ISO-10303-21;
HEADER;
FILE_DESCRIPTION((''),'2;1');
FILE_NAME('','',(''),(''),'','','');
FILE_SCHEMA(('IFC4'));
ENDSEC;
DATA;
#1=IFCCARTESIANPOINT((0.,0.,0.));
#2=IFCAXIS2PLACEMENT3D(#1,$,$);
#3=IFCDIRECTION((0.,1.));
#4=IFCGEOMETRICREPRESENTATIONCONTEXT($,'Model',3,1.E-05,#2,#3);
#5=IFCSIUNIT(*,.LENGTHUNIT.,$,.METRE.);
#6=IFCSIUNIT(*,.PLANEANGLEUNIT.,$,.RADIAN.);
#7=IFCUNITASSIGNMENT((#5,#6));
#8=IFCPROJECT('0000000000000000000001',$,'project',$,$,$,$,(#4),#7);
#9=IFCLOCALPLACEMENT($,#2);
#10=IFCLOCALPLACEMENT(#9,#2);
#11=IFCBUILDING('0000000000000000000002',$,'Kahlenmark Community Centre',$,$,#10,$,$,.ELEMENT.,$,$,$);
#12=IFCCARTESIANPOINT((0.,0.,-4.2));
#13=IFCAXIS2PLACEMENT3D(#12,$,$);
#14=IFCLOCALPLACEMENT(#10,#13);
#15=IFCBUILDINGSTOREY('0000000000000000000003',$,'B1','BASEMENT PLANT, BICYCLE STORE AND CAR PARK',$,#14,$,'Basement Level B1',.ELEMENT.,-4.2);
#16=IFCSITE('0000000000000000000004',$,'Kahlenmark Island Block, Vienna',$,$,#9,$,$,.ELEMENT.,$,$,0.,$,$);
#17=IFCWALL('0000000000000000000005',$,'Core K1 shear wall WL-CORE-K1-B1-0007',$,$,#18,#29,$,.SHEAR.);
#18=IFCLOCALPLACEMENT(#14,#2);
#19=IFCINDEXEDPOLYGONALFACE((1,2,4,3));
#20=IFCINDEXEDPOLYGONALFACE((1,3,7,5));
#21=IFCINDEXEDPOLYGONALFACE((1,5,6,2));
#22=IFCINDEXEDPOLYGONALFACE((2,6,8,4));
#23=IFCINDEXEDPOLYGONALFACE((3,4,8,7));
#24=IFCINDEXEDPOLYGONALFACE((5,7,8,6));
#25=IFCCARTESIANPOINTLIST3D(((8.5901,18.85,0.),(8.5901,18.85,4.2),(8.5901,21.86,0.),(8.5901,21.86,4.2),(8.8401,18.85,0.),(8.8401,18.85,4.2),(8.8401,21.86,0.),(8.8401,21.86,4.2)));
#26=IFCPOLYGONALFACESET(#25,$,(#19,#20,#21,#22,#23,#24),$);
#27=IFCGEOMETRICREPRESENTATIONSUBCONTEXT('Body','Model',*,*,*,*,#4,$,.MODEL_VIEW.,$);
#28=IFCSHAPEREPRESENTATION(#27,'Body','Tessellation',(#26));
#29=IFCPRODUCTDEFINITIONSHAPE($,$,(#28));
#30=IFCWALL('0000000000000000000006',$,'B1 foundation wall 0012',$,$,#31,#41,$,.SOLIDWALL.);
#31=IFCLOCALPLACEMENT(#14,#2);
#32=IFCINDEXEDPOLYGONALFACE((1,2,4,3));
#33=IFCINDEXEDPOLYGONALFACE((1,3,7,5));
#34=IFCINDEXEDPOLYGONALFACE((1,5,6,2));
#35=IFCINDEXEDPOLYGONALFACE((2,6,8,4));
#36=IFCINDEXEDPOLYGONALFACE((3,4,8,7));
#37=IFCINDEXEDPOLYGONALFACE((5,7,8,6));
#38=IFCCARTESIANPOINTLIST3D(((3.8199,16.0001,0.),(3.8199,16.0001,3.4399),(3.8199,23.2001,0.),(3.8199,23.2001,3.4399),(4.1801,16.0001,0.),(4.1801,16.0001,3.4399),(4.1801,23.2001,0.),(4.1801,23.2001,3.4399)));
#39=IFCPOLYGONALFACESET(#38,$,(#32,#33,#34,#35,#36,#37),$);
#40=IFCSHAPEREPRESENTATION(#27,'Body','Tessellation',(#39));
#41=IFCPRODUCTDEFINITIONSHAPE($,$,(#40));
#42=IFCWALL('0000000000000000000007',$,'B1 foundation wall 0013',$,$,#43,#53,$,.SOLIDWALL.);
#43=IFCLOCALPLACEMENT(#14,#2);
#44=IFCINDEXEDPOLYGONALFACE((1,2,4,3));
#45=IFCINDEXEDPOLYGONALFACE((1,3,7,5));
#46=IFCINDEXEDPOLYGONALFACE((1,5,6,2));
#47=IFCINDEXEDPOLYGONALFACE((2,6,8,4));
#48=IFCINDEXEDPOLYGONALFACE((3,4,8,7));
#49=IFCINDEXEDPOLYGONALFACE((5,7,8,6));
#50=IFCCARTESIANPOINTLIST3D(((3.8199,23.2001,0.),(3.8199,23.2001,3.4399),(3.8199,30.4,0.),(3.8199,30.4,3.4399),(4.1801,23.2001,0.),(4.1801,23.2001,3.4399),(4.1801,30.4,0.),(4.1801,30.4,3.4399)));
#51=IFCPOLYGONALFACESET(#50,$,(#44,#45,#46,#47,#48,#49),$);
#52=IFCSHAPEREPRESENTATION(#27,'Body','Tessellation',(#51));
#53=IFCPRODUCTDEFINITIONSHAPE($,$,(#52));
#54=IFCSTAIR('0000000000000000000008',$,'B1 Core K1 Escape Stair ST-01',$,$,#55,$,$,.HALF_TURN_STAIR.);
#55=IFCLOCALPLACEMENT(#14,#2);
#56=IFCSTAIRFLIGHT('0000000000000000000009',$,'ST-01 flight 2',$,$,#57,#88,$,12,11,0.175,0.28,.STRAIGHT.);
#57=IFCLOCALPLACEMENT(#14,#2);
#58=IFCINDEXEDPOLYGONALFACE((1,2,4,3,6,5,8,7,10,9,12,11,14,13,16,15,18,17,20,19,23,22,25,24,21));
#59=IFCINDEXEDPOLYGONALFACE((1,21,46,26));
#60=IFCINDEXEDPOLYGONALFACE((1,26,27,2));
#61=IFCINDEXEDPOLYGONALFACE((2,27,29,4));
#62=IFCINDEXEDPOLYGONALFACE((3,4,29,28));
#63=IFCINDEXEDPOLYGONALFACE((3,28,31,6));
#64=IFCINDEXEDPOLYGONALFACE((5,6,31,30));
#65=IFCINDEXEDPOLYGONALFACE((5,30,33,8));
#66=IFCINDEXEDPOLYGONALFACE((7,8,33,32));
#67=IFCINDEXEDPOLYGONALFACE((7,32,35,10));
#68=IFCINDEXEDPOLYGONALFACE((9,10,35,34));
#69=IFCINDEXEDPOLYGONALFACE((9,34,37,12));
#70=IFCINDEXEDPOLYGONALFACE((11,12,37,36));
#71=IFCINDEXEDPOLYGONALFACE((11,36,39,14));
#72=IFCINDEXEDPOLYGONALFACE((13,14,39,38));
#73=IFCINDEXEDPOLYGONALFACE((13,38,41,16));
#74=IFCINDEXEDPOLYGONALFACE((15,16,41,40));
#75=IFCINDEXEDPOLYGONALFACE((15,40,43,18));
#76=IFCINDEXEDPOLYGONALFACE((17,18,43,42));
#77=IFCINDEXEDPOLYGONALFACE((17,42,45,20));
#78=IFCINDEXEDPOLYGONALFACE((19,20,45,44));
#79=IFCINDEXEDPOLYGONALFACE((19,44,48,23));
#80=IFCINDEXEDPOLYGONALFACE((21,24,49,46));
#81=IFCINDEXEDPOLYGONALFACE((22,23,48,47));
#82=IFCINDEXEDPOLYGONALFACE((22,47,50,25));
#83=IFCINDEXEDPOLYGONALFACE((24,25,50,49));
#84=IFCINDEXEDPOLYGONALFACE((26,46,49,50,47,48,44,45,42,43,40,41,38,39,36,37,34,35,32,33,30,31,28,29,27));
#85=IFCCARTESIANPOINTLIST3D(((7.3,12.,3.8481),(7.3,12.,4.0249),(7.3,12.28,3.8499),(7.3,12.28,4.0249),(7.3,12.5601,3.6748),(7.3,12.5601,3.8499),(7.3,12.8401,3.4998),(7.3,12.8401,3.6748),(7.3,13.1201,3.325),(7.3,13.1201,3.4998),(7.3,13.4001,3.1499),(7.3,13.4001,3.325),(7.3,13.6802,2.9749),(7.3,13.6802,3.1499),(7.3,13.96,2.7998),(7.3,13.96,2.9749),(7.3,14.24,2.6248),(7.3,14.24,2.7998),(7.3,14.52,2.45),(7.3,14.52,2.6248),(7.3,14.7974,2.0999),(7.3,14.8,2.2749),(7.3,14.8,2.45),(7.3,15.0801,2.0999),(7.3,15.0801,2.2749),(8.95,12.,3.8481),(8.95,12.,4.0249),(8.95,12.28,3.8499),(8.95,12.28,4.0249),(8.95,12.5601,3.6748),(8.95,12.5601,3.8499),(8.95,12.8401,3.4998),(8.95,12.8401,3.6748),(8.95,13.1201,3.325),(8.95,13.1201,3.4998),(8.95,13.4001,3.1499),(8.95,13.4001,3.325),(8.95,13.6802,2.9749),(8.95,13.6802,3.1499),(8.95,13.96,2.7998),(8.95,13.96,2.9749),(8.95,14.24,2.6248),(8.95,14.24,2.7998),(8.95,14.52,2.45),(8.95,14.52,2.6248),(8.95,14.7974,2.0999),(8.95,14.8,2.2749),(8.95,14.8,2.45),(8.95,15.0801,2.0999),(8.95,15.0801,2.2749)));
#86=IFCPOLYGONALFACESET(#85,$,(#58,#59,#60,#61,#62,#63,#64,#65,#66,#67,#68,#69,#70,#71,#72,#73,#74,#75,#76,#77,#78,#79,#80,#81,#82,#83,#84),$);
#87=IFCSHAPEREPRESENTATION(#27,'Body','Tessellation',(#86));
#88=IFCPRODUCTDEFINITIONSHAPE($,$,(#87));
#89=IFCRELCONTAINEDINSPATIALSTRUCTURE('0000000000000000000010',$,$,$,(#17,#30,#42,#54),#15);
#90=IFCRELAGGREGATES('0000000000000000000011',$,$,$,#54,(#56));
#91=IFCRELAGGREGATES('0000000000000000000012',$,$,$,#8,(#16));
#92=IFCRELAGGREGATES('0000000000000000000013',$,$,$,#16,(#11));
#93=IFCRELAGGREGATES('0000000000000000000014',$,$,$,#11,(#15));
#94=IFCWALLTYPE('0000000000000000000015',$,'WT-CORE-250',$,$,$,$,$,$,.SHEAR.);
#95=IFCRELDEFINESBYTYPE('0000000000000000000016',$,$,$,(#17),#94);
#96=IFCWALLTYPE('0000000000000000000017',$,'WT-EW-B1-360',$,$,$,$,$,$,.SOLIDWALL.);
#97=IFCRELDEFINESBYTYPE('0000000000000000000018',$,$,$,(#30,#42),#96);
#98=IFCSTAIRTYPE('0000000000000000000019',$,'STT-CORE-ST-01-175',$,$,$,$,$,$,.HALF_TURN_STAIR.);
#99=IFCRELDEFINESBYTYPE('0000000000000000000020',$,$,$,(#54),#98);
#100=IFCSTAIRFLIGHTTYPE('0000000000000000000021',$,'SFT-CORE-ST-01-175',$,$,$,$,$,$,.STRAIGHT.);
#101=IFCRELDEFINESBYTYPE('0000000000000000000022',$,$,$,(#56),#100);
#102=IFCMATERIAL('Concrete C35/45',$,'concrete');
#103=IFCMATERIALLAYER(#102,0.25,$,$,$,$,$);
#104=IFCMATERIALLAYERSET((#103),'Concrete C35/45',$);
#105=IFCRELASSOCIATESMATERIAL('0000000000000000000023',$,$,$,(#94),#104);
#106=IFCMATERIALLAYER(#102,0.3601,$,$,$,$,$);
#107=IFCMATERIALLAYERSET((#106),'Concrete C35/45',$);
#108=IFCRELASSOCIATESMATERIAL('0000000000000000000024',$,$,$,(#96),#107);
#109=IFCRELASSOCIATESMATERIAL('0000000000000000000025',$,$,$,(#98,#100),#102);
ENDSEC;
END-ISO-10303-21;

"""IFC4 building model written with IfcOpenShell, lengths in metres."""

from ifc_helpers import new_model, si_unit, direction, frame, frame_2d, origin, place, context, subcontext, project, spatial, polyline, rectangle, outline, extrude, material, layer, layer_set, type_object, element, aggregate, save


model = new_model("IFC4")

# Units and contexts
model_context = context("Model", 3, precision=1e-05, world=origin(), true_north=direction((0.0, 1.0)))
body_context = subcontext(model_context, "Body", "Model", "MODEL_VIEW")
ifc_project = project(units=[si_unit("LENGTHUNIT", "METRE"), si_unit("PLANEANGLEUNIT", "RADIAN")], contexts=[model_context])

# Site, building, storey
site_placement = place(None, origin())
site = spatial("IfcSite", under=ifc_project, at=site_placement, Name="Kahlenmark Island Block, Vienna", CompositionType="ELEMENT", RefElevation=0.0)
building_placement = place(site_placement, origin())
building = spatial("IfcBuilding", under=site, at=building_placement, Name="Kahlenmark Community Centre", CompositionType="ELEMENT")
storey_placement = place(building_placement, frame((0.0, 0.0, -4.2)))
storey = spatial("IfcBuildingStorey", under=building, at=storey_placement, Name="B1", Description="BASEMENT PLANT, BICYCLE STORE AND CAR PARK", LongName="Basement Level B1", CompositionType="ELEMENT", Elevation=-4.2)

# Shared definitions
ifc_material_1 = material(Name="Concrete C35/45", Category="concrete")

# Walls
ifc_layer_1 = layer(ifc_material_1, 0.25)
ifc_layer_set_1 = layer_set([ifc_layer_1], Name="Concrete C35/45")
wall_type_1 = type_object("IfcWallType", Name="WT-CORE-250", PredefinedType="SHEAR", material=ifc_layer_set_1)
wall_1_placement = place(storey_placement, frame((8.7151, 18.8501, 0.0), z_axis=(0.0, 0.0, 1.0), x_axis=(0.0, 1.0, 0.0)))
element("IfcWall", 1, at=wall_1_placement, inside=storey, type_object=wall_type_1, Name="Core K1 shear wall WL-CORE-K1-B1-0007", PredefinedType="SHEAR", context=body_context, shape_type="SweptSolid", body=[
    extrude(rectangle(XDim=3.01, YDim=0.25, at=frame_2d((1.5049, 0.0))), origin(), (0.0, 0.0, 1.0), 4.2),
])
ifc_layer_2 = layer(ifc_material_1, 0.3601)
ifc_layer_set_2 = layer_set([ifc_layer_2], Name="Concrete C35/45")
wall_type_2 = type_object("IfcWallType", Name="WT-EW-B1-360", PredefinedType="SOLIDWALL", material=ifc_layer_set_2)
for number, where, z_axis, x_axis, name in (
    (2, (4.0, 16.0, 0.0), (0.0, 0.0, 1.0), (0.0, 1.0, 0.0), "B1 foundation wall 0012"),
    (3, (4.0, 23.2, 0.0), (0.0, 0.0, 1.0), (0.0, 1.0, 0.0), "B1 foundation wall 0013"),
):
    element("IfcWall", number, at=place(storey_placement, frame(where, z_axis=z_axis, x_axis=x_axis)), inside=storey, type_object=wall_type_2, Name=name, PredefinedType="SOLIDWALL", context=body_context, shape_type="SweptSolid", body=[
        extrude(rectangle(XDim=7.2, YDim=0.3601, at=frame_2d((3.6001, 0.0))), origin(), (0.0, 0.0, 1.0), 3.4399),
    ])

# Stair, stair flight
stair_type = type_object("IfcStairType", Name="STT-CORE-ST-01-175", PredefinedType="HALF_TURN_STAIR", material=ifc_material_1)
stair_placement = place(storey_placement, origin())
stair = element("IfcStair", 4, at=stair_placement, inside=storey, type_object=stair_type, Name="B1 Core K1 Escape Stair ST-01", PredefinedType="HALF_TURN_STAIR")
stair_flight_type = type_object("IfcStairFlightType", Name="SFT-CORE-ST-01-175", PredefinedType="STRAIGHT", material=ifc_material_1)
stair_flight_placement = place(storey_placement, frame((8.125, 15.0801, 2.0999), z_axis=(0.0, 0.0, 1.0), x_axis=(0.0, -1.0, 0.0)))
stair_flight = element("IfcStairFlight", 5, at=stair_flight_placement, type_object=stair_flight_type, Name="ST-01 flight 2", NumberOfRisers=12, NumberOfTreads=11, PredefinedType="STRAIGHT", RiserHeight=0.175, TreadLength=0.28, context=body_context, shape_type="SweptSolid", body=[
    extrude(outline(polyline([(0.0, 0.0), (0.0, 0.175), (0.28, 0.175), (0.28, 0.3501), (0.5601, 0.3501), (0.5601, 0.5249), (0.8401, 0.5249), (0.8401, 0.7), (1.1201, 0.7), (1.1201, 0.875), (1.3999, 0.875), (1.3999, 1.05), (1.6799, 1.05), (1.6799, 1.2251), (1.96, 1.2251), (1.96, 1.3999), (2.24, 1.3999), (2.24, 1.575), (2.52, 1.575), (2.52, 1.75), (2.8, 1.75), (2.8, 1.925), (3.0801, 1.925), (3.0801, 2.1001), (3.0801, 1.7483), (0.2827, 0.0), (0.0, 0.0)])), frame((0.0, 0.825, 0.0), z_axis=(0.0, -1.0, 0.0), x_axis=(1.0, 0.0, 0.0)), (0.0, 0.0, 1.0), 1.6499),
])
aggregate(stair, [stair_flight])

save(model, "model.ifc")
